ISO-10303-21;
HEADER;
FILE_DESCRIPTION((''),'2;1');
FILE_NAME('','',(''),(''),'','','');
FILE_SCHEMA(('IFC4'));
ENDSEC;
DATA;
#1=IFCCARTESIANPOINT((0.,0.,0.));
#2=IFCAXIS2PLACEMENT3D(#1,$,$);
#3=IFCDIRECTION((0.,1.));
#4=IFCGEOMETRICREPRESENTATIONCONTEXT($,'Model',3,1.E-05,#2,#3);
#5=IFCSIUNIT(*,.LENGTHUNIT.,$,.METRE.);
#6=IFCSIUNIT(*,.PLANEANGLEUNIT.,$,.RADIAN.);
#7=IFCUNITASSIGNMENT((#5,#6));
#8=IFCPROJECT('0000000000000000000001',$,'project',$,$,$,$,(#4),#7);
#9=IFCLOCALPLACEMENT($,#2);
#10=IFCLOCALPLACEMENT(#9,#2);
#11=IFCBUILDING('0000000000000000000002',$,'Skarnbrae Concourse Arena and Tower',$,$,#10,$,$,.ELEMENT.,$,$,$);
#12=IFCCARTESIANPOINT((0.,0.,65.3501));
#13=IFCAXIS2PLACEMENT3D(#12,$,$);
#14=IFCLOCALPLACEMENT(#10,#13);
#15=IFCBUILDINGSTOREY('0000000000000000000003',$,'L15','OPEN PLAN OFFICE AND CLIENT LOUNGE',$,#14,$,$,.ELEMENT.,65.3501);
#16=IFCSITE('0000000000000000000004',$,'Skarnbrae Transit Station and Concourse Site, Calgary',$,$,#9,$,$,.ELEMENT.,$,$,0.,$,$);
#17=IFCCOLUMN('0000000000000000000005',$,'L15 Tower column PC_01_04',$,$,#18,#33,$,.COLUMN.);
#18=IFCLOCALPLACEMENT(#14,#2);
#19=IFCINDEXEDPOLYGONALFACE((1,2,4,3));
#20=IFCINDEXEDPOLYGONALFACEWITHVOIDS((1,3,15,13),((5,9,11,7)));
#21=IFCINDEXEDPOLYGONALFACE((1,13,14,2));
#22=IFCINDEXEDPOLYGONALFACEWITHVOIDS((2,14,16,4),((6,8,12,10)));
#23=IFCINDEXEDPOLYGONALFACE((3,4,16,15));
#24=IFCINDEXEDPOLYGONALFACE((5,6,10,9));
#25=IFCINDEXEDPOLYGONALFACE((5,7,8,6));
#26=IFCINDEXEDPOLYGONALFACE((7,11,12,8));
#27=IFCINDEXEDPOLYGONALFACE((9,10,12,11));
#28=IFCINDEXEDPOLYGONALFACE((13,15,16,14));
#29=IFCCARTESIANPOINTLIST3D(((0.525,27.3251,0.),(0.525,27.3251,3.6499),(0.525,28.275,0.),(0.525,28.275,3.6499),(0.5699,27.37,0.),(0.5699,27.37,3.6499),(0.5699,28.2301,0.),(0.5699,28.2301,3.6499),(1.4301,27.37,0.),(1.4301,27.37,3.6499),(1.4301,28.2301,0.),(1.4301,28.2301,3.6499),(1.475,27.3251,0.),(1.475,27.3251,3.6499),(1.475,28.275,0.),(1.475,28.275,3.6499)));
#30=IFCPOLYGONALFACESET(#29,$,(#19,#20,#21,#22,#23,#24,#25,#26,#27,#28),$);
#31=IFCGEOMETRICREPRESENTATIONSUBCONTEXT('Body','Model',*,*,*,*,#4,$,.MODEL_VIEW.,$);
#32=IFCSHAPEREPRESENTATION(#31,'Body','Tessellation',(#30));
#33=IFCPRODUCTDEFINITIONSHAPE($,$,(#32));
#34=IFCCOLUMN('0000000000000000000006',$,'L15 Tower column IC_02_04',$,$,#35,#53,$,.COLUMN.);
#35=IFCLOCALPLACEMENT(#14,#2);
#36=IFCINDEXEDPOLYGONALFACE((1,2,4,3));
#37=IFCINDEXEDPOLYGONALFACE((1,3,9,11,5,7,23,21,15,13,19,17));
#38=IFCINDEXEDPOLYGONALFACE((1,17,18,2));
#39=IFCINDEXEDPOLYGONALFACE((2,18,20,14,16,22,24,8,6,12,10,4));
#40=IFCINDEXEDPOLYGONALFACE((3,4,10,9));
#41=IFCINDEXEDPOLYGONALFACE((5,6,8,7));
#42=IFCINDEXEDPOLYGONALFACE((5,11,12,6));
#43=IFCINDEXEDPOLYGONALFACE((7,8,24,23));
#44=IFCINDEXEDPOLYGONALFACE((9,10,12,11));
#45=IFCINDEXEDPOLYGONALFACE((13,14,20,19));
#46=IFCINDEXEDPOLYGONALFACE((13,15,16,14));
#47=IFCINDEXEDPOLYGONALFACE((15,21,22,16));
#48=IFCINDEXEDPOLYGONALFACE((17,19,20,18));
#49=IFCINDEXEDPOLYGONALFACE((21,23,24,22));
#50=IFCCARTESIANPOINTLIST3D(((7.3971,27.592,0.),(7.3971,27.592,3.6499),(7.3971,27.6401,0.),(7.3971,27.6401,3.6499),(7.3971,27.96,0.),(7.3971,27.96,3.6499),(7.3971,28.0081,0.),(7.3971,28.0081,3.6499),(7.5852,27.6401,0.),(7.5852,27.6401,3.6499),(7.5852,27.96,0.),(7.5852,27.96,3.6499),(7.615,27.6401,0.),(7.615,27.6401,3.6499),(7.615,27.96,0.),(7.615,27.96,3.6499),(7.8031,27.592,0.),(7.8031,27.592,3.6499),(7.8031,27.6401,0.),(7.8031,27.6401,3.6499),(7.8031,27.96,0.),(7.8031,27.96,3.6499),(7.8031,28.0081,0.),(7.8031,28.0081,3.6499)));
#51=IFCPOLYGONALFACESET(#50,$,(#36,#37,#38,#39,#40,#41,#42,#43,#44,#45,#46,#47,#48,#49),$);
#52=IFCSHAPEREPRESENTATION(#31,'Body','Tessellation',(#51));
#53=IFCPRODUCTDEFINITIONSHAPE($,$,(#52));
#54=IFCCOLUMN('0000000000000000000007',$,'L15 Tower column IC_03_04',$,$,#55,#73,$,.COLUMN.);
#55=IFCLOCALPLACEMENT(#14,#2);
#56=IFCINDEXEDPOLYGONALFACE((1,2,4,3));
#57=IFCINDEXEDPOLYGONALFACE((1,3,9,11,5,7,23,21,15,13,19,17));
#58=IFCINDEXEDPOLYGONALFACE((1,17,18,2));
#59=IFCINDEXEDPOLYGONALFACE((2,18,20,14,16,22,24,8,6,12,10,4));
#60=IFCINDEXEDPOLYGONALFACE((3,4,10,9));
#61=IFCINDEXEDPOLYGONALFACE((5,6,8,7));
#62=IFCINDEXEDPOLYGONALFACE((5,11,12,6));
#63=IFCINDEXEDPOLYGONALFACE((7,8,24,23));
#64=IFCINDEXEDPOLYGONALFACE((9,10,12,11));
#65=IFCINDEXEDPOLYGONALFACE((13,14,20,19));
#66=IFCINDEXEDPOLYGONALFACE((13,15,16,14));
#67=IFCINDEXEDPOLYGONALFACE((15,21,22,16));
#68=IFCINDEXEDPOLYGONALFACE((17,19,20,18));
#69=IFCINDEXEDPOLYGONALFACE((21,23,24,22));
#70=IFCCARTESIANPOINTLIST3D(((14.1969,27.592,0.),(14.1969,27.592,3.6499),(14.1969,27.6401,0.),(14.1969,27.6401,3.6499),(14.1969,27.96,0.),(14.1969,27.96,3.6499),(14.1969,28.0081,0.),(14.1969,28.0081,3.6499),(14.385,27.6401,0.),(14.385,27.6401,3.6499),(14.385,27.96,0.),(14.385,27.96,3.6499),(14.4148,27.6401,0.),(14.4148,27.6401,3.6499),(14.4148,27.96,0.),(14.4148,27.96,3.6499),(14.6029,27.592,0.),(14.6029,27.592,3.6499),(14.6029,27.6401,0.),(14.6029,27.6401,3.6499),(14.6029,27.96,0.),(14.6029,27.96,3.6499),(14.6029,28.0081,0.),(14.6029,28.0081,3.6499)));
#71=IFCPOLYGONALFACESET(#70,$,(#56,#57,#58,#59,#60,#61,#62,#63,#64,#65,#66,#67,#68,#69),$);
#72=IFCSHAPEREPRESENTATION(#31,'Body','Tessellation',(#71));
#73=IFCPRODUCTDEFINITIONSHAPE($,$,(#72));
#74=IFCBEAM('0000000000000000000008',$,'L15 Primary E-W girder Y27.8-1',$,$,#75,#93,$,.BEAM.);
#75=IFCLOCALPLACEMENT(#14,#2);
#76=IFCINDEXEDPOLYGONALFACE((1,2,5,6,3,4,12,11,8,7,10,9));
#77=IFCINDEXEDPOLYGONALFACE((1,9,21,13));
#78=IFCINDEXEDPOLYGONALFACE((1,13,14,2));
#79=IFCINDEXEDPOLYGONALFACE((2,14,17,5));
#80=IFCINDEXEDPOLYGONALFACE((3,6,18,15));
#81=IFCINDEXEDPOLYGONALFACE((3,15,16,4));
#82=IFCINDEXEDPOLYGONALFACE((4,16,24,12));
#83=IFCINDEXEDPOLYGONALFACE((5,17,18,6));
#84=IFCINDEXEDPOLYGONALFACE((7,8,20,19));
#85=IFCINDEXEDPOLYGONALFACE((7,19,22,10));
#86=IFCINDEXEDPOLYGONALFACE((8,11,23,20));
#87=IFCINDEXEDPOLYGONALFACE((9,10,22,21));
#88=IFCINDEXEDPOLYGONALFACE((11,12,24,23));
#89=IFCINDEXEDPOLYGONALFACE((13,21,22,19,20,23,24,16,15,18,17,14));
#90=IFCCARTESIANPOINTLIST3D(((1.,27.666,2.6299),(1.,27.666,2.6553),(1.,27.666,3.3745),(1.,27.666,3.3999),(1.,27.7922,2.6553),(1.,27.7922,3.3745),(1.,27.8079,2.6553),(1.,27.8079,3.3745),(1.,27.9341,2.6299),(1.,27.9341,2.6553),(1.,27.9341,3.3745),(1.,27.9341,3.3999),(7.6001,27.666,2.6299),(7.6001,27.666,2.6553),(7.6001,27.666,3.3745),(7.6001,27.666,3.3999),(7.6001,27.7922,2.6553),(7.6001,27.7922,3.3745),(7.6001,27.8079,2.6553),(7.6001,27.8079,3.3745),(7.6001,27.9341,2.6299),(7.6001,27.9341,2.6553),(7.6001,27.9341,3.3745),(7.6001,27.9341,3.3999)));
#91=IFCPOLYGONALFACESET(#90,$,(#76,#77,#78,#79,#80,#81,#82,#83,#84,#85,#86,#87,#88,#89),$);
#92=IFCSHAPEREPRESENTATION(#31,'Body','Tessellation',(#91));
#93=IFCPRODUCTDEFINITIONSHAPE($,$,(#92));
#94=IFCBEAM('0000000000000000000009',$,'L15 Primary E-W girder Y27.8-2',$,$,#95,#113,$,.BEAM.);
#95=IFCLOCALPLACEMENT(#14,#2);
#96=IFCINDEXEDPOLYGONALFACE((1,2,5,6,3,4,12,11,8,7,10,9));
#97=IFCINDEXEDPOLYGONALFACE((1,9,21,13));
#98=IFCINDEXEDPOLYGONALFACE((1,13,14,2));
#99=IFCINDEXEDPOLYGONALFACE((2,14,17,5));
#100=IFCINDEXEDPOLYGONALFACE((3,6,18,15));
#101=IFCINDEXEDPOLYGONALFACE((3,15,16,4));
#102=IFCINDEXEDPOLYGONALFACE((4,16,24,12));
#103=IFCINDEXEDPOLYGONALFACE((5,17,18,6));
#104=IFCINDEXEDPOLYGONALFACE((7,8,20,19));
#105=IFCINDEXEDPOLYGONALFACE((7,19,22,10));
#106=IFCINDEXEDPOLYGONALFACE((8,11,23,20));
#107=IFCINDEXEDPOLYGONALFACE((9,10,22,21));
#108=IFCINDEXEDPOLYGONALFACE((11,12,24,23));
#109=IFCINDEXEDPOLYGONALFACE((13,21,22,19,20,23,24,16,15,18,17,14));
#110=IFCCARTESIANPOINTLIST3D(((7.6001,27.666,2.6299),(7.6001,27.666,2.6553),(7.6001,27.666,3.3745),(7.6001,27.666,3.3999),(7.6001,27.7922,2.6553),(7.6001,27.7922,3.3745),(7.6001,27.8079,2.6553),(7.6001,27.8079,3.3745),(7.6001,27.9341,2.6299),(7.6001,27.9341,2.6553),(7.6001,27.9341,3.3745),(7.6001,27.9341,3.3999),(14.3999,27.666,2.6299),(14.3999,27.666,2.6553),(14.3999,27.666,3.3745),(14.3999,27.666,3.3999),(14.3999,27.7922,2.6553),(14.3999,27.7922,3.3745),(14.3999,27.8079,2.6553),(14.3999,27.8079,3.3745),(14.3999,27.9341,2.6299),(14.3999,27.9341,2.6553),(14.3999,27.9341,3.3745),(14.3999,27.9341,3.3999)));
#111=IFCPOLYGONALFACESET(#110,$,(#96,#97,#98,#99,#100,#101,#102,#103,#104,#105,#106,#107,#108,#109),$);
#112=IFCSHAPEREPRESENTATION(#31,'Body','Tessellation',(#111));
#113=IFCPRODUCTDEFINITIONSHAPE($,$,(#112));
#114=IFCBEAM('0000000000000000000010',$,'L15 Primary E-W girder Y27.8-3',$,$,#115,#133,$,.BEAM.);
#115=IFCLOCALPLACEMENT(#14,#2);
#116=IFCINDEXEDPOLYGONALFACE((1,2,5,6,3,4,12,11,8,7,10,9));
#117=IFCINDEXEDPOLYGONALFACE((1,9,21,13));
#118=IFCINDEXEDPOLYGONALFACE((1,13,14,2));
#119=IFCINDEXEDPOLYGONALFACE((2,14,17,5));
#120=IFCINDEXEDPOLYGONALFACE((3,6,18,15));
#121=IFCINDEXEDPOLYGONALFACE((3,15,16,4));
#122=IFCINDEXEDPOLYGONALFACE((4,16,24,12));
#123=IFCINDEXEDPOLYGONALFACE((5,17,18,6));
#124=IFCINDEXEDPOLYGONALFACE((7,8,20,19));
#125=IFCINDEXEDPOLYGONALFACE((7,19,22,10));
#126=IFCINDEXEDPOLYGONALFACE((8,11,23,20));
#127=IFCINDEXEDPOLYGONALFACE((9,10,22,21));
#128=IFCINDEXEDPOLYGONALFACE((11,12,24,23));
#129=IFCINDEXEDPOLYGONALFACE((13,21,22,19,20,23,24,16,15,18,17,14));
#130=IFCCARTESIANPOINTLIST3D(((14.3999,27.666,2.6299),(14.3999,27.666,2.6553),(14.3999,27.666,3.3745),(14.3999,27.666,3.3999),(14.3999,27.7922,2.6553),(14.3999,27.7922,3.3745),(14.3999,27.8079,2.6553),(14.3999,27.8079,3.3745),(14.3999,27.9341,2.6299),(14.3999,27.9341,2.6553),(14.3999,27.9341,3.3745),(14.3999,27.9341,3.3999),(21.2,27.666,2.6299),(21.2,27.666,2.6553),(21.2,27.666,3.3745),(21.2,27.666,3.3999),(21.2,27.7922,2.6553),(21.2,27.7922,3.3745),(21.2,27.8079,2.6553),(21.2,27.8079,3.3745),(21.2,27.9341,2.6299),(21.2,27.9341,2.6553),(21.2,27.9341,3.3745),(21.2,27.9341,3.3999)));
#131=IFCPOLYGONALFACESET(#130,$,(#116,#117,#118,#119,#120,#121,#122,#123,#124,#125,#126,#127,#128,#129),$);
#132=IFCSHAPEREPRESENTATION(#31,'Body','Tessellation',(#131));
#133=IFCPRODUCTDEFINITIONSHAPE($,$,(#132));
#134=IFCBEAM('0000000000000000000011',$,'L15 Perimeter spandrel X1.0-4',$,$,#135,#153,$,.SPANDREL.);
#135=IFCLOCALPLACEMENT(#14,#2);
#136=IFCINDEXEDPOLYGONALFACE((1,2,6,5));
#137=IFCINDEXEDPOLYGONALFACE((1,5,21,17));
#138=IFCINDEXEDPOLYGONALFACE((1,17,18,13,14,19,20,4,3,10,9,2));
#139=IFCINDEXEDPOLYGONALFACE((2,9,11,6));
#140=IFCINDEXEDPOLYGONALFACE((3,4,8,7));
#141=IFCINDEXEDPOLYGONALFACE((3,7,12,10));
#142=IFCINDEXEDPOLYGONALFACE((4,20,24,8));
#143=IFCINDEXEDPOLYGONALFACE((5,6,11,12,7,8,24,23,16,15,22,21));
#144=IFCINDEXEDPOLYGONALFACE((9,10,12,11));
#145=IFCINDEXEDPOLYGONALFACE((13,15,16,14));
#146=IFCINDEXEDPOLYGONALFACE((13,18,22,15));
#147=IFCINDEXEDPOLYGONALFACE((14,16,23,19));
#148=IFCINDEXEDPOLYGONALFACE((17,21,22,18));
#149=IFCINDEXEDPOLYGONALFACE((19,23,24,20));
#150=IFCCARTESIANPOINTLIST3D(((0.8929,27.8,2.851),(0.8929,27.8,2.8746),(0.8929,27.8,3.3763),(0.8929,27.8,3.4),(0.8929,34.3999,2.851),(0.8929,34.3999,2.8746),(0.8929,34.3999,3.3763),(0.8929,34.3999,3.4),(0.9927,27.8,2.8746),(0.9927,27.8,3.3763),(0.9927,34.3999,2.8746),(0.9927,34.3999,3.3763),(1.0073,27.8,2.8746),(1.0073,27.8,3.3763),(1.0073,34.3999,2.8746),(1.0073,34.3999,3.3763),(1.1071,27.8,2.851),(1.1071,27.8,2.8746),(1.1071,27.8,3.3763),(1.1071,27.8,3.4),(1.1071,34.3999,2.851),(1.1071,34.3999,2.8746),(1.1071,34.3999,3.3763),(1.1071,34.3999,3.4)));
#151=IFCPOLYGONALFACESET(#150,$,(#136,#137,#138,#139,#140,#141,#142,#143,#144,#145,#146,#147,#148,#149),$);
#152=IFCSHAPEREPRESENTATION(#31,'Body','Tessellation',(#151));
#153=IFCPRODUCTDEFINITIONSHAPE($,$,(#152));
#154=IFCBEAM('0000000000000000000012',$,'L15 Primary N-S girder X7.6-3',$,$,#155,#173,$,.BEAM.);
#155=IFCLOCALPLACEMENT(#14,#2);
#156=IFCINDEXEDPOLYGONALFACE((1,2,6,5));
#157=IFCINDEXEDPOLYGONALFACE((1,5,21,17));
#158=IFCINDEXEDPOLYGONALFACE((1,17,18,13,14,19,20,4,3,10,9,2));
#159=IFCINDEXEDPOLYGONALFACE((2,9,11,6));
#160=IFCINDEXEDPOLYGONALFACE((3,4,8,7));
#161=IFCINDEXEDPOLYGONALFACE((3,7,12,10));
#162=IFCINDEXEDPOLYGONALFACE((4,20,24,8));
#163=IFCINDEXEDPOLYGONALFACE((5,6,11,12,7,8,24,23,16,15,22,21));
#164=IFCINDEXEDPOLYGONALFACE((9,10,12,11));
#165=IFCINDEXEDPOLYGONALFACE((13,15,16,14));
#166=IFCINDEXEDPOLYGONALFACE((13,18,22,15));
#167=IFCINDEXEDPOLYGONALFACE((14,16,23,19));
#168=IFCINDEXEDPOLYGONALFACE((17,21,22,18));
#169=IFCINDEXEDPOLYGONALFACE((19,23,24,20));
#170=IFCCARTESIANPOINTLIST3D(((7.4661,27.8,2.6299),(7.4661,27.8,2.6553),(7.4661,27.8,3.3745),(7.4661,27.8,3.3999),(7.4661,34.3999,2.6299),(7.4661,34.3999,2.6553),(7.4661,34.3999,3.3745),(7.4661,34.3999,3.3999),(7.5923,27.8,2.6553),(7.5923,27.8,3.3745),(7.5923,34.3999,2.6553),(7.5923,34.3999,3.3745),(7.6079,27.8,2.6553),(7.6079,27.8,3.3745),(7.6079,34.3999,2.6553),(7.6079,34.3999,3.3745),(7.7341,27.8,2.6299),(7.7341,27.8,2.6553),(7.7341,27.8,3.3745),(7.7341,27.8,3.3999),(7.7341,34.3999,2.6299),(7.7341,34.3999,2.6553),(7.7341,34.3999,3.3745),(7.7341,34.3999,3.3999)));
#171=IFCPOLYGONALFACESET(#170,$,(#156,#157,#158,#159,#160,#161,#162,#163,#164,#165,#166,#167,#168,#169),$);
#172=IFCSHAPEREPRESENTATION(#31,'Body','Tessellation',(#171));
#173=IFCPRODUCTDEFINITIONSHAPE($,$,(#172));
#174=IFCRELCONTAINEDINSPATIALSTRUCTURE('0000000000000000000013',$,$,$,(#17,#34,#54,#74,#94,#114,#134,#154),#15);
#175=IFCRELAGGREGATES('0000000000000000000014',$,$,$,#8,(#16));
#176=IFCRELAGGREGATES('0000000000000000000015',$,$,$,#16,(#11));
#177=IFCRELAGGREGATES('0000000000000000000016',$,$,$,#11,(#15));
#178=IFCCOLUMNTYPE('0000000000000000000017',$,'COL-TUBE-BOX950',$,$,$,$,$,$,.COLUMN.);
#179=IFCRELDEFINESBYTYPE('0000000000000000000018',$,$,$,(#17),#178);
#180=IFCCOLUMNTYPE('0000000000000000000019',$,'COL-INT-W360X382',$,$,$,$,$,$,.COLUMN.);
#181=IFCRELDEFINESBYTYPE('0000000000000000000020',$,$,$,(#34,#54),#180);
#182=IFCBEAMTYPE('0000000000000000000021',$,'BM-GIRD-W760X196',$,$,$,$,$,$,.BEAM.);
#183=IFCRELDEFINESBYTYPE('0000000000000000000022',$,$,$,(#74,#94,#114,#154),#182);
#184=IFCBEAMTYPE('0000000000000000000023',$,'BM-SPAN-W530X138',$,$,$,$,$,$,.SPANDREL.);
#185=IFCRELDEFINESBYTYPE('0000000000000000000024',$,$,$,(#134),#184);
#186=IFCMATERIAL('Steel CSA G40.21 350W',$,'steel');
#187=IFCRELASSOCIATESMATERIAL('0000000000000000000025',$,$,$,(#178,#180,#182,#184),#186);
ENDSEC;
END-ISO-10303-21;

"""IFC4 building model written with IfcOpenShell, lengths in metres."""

from ifc_helpers import new_model, si_unit, direction, frame, origin, origin_2d, place, context, subcontext, project, spatial, hollow_rectangle, i_section, extrude, source, transform, mapped, material, material_profile, profile_set, type_object, element, save


model = new_model("IFC4")

# Units and contexts
model_context = context("Model", 3, precision=1e-05, world=origin(), true_north=direction((0.0, 1.0)))
body_context = subcontext(model_context, "Body", "Model", "MODEL_VIEW")
ifc_project = project(units=[si_unit("LENGTHUNIT", "METRE"), si_unit("PLANEANGLEUNIT", "RADIAN")], contexts=[model_context])

# Site, building, storey
site_placement = place(None, origin())
site = spatial("IfcSite", under=ifc_project, at=site_placement, Name="Skarnbrae Transit Station and Concourse Site, Calgary", CompositionType="ELEMENT", RefElevation=0.0)
building_placement = place(site_placement, origin())
building = spatial("IfcBuilding", under=site, at=building_placement, Name="Skarnbrae Concourse Arena and Tower", CompositionType="ELEMENT")
storey_placement = place(building_placement, frame((0.0, 0.0, 65.3501)))
storey = spatial("IfcBuildingStorey", under=building, at=storey_placement, Name="L15", Description="OPEN PLAN OFFICE AND CLIENT LOUNGE", CompositionType="ELEMENT", Elevation=65.3501)

# Columns
ifc_material_1 = material(Name="Steel CSA G40.21 350W", Category="steel")
ifc_material_profile_1 = material_profile(ifc_material_1, hollow_rectangle(XDim=0.95, YDim=0.95, WallThickness=0.0449, at=origin_2d()), Name="BOX950X950X45")
ifc_profile_set_1 = profile_set([ifc_material_profile_1], Name="Steel CSA G40.21 350W")
column_type_1 = type_object("IfcColumnType", Name="COL-TUBE-BOX950", PredefinedType="COLUMN", material=ifc_profile_set_1)
shared_shape_1 = source(origin(), body_context, "Body", "SweptSolid", [
    extrude(hollow_rectangle(XDim=0.95, YDim=0.95, WallThickness=0.0449, at=origin_2d()), origin(), (0.0, 0.0, 1.0), 3.6499),
])
column_placement = place(storey_placement, frame((1.0, 27.8, 0.0), z_axis=(0.0, 0.0, 1.0), x_axis=(1.0, 0.0, 0.0)))
element("IfcColumn", 1, at=column_placement, inside=storey, type_object=column_type_1, Name="L15 Tower column PC_01_04", PredefinedType="COLUMN", context=body_context, shape_type="MappedRepresentation", body=[
    mapped(shared_shape_1, transform((0.0, 0.0, 0.0))),
])
ifc_material_profile_2 = material_profile(ifc_material_1, i_section(OverallWidth=0.406, OverallDepth=0.416, WebThickness=0.0298, FlangeThickness=0.0481, at=origin_2d()), Name="W360X382")
ifc_profile_set_2 = profile_set([ifc_material_profile_2], Name="Steel CSA G40.21 350W")
column_type_2 = type_object("IfcColumnType", Name="COL-INT-W360X382", PredefinedType="COLUMN", material=ifc_profile_set_2)
shared_shape_2 = source(origin(), body_context, "Body", "SweptSolid", [
    extrude(i_section(OverallWidth=0.406, OverallDepth=0.416, WebThickness=0.0298, FlangeThickness=0.0481, at=origin_2d()), origin(), (0.0, 0.0, 1.0), 3.6499),
])
for number, where, z_axis, x_axis, name in (
    (2, (7.6001, 27.8, 0.0), (0.0, 0.0, 1.0), (1.0, 0.0, 0.0), "L15 Tower column IC_02_04"),
    (3, (14.3999, 27.8, 0.0), (0.0, 0.0, 1.0), (1.0, 0.0, 0.0), "L15 Tower column IC_03_04"),
):
    element("IfcColumn", number, at=place(storey_placement, frame(where, z_axis=z_axis, x_axis=x_axis)), inside=storey, type_object=column_type_2, Name=name, PredefinedType="COLUMN", context=body_context, shape_type="MappedRepresentation", body=[
        mapped(shared_shape_2, transform((0.0, 0.0, 0.0))),
    ])

# Beams
ifc_material_profile_3 = material_profile(ifc_material_1, i_section(OverallWidth=0.2681, OverallDepth=0.77, WebThickness=0.0156, FlangeThickness=0.0254, at=origin_2d()), Name="W760X196")
ifc_profile_set_3 = profile_set([ifc_material_profile_3], Name="Steel CSA G40.21 350W")
beam_type_1 = type_object("IfcBeamType", Name="BM-GIRD-W760X196", PredefinedType="BEAM", material=ifc_profile_set_3)
shared_shape_3 = source(origin(), body_context, "Body", "SweptSolid", [
    extrude(i_section(OverallWidth=0.2681, OverallDepth=0.77, WebThickness=0.0156, FlangeThickness=0.0254, at=origin_2d()), origin(), (0.0, 0.0, 1.0), 6.6001),
])
beam_1_placement = place(storey_placement, frame((1.0, 27.8, 3.0149), z_axis=(1.0, 0.0, 0.0), x_axis=(0.0, 1.0, 0.0)))
element("IfcBeam", 4, at=beam_1_placement, inside=storey, type_object=beam_type_1, Name="L15 Primary E-W girder Y27.8-1", PredefinedType="BEAM", context=body_context, shape_type="MappedRepresentation", body=[
    mapped(shared_shape_3, transform((0.0, 0.0, 0.0))),
])
shared_shape_4 = source(origin(), body_context, "Body", "SweptSolid", [
    extrude(i_section(OverallWidth=0.2681, OverallDepth=0.77, WebThickness=0.0156, FlangeThickness=0.0254, at=origin_2d()), origin(), (0.0, 0.0, 1.0), 6.7998),
])
beam_2_placement = place(storey_placement, frame((7.6001, 27.8, 3.0149), z_axis=(1.0, 0.0, 0.0), x_axis=(0.0, 1.0, 0.0)))
element("IfcBeam", 5, at=beam_2_placement, inside=storey, type_object=beam_type_1, Name="L15 Primary E-W girder Y27.8-2", PredefinedType="BEAM", context=body_context, shape_type="MappedRepresentation", body=[
    mapped(shared_shape_4, transform((0.0, 0.0, 0.0))),
])
shared_shape_5 = source(origin(), body_context, "Body", "SweptSolid", [
    extrude(i_section(OverallWidth=0.2681, OverallDepth=0.77, WebThickness=0.0156, FlangeThickness=0.0254, at=origin_2d()), origin(), (0.0, 0.0, 1.0), 6.8),
])
beam_3_placement = place(storey_placement, frame((14.3999, 27.8, 3.0149), z_axis=(1.0, 0.0, 0.0), x_axis=(0.0, 1.0, 0.0)))
element("IfcBeam", 6, at=beam_3_placement, inside=storey, type_object=beam_type_1, Name="L15 Primary E-W girder Y27.8-3", PredefinedType="BEAM", context=body_context, shape_type="MappedRepresentation", body=[
    mapped(shared_shape_5, transform((0.0, 0.0, 0.0))),
])
ifc_material_profile_4 = material_profile(ifc_material_1, i_section(OverallWidth=0.2141, OverallDepth=0.5491, WebThickness=0.0146, FlangeThickness=0.0237, at=origin_2d()), Name="W530X138")
ifc_profile_set_4 = profile_set([ifc_material_profile_4], Name="Steel CSA G40.21 350W")
beam_type_2 = type_object("IfcBeamType", Name="BM-SPAN-W530X138", PredefinedType="SPANDREL", material=ifc_profile_set_4)
shared_shape_6 = source(origin(), body_context, "Body", "SweptSolid", [
    extrude(i_section(OverallWidth=0.2141, OverallDepth=0.5491, WebThickness=0.0146, FlangeThickness=0.0237, at=origin_2d()), origin(), (0.0, 0.0, 1.0), 6.5999),
])
beam_4_placement = place(storey_placement, frame((1.0, 27.8, 3.1255), z_axis=(0.0, 1.0, 0.0), x_axis=(-1.0, 0.0, 0.0)))
element("IfcBeam", 7, at=beam_4_placement, inside=storey, type_object=beam_type_2, Name="L15 Perimeter spandrel X1.0-4", PredefinedType="SPANDREL", context=body_context, shape_type="MappedRepresentation", body=[
    mapped(shared_shape_6, transform((0.0, 0.0, 0.0))),
])
shared_shape_7 = source(origin(), body_context, "Body", "SweptSolid", [
    extrude(i_section(OverallWidth=0.2681, OverallDepth=0.77, WebThickness=0.0156, FlangeThickness=0.0254, at=origin_2d()), origin(), (0.0, 0.0, 1.0), 6.5999),
])
for number, where, z_axis, x_axis, name in (
    (8, (7.6001, 27.8, 3.0149), (0.0, 1.0, 0.0), (-1.0, 0.0, 0.0), "L15 Primary N-S girder X7.6-3"),
):
    element("IfcBeam", number, at=place(storey_placement, frame(where, z_axis=z_axis, x_axis=x_axis)), inside=storey, type_object=beam_type_1, Name=name, PredefinedType="BEAM", context=body_context, shape_type="MappedRepresentation", body=[
        mapped(shared_shape_7, transform((0.0, 0.0, 0.0))),
    ])

save(model, "model.ifc")
